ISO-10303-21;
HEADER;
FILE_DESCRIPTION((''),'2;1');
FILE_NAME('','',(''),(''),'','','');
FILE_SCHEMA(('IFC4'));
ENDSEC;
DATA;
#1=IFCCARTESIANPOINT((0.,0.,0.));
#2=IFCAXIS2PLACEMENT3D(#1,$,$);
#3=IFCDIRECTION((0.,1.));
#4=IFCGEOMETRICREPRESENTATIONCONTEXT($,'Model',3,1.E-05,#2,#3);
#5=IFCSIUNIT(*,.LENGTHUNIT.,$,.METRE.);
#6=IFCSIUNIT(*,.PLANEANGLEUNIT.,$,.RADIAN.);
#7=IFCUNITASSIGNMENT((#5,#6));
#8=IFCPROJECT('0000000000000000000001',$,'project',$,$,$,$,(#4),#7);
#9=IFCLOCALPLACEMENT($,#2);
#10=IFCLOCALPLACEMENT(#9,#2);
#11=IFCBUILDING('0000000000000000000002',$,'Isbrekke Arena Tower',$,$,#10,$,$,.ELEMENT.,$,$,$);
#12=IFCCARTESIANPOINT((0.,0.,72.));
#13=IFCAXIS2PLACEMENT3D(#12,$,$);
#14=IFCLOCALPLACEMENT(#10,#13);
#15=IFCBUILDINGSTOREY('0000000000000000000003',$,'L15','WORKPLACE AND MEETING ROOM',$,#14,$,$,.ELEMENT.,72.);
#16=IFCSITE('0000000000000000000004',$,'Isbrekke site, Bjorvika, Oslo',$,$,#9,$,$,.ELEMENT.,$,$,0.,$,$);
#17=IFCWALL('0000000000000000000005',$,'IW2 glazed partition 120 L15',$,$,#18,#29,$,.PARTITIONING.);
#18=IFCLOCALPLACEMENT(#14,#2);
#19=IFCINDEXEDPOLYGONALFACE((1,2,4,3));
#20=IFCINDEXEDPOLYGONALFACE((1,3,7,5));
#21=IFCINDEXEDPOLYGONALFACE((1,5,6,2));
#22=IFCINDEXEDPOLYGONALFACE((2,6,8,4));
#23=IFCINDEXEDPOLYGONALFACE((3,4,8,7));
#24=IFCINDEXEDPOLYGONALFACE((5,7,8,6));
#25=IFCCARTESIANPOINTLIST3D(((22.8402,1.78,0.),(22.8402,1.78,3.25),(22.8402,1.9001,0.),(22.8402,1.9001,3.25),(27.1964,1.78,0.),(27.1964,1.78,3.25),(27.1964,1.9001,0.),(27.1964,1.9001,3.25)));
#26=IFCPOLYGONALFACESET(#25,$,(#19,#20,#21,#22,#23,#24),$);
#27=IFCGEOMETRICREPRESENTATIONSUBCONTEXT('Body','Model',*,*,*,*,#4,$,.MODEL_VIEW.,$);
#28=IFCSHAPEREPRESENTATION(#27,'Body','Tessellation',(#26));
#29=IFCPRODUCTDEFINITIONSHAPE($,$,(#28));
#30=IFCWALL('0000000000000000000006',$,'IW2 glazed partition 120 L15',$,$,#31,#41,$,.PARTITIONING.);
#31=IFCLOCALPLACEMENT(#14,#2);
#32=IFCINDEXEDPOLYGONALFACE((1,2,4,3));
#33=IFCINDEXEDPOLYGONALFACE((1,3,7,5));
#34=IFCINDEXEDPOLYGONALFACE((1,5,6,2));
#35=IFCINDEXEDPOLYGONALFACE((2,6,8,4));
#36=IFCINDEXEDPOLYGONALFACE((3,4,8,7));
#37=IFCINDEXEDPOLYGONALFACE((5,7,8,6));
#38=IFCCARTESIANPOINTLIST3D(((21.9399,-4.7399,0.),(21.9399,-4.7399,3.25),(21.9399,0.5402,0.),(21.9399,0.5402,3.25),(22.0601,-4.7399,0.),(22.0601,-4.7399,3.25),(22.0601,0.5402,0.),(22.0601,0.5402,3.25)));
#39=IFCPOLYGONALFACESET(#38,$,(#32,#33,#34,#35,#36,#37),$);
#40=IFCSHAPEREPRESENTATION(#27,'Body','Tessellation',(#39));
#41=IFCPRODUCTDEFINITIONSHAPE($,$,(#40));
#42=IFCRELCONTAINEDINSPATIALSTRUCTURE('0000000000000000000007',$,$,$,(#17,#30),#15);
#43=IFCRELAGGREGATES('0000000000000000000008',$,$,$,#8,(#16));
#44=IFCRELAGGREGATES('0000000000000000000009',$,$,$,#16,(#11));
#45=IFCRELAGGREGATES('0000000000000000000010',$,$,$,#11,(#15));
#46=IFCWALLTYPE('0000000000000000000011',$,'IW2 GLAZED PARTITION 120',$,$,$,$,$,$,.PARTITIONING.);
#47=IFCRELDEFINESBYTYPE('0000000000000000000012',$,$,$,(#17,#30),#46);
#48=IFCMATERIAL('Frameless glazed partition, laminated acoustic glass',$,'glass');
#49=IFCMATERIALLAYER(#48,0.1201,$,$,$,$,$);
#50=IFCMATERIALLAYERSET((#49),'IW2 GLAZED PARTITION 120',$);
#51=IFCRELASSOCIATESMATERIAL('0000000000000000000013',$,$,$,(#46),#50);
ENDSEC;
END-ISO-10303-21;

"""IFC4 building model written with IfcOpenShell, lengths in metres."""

from ifc_helpers import new_model, si_unit, direction, frame, frame_2d, origin, place, context, subcontext, project, spatial, rectangle, extrude, material, layer, layer_set, type_object, element, save


model = new_model("IFC4")

# Units and contexts
model_context = context("Model", 3, precision=1e-05, world=origin(), true_north=direction((0.0, 1.0)))
body_context = subcontext(model_context, "Body", "Model", "MODEL_VIEW")
ifc_project = project(units=[si_unit("LENGTHUNIT", "METRE"), si_unit("PLANEANGLEUNIT", "RADIAN")], contexts=[model_context])

# Site, building, storey
site_placement = place(None, origin())
site = spatial("IfcSite", under=ifc_project, at=site_placement, Name="Isbrekke site, Bjorvika, Oslo", CompositionType="ELEMENT", RefElevation=0.0)
building_placement = place(site_placement, origin())
building = spatial("IfcBuilding", under=site, at=building_placement, Name="Isbrekke Arena Tower", CompositionType="ELEMENT")
storey_placement = place(building_placement, frame((0.0, 0.0, 72.0)))
storey = spatial("IfcBuildingStorey", under=building, at=storey_placement, Name="L15", Description="WORKPLACE AND MEETING ROOM", CompositionType="ELEMENT", Elevation=72.0)

# Walls
ifc_material_1 = material(Name="Frameless glazed partition, laminated acoustic glass", Category="glass")
ifc_layer_1 = layer(ifc_material_1, 0.1201)
ifc_layer_set_1 = layer_set([ifc_layer_1], Name="IW2 GLAZED PARTITION 120")
wall_type = type_object("IfcWallType", Name="IW2 GLAZED PARTITION 120", PredefinedType="PARTITIONING", material=ifc_layer_set_1)
wall_1_placement = place(storey_placement, frame((22.8401, 1.8401, 0.0), z_axis=(0.0, 0.0, 1.0), x_axis=(1.0, 0.0, 0.0)))
element("IfcWall", 1, at=wall_1_placement, inside=storey, type_object=wall_type, Name="IW2 glazed partition 120 L15", PredefinedType="PARTITIONING", context=body_context, shape_type="SweptSolid", body=[
    extrude(rectangle(XDim=4.3562, YDim=0.1201, at=frame_2d((2.1782, 0.0))), origin(), (0.0, 0.0, 1.0), 3.25),
])
wall_2_placement = place(storey_placement, frame((22.0, -4.74, 0.0), z_axis=(0.0, 0.0, 1.0), x_axis=(0.0, 1.0, 0.0)))
element("IfcWall", 2, at=wall_2_placement, inside=storey, type_object=wall_type, Name="IW2 glazed partition 120 L15", PredefinedType="PARTITIONING", context=body_context, shape_type="SweptSolid", body=[
    extrude(rectangle(XDim=5.28, YDim=0.1201, at=frame_2d((2.6401, 0.0))), origin(), (0.0, 0.0, 1.0), 3.25),
])

save(model, "model.ifc")
